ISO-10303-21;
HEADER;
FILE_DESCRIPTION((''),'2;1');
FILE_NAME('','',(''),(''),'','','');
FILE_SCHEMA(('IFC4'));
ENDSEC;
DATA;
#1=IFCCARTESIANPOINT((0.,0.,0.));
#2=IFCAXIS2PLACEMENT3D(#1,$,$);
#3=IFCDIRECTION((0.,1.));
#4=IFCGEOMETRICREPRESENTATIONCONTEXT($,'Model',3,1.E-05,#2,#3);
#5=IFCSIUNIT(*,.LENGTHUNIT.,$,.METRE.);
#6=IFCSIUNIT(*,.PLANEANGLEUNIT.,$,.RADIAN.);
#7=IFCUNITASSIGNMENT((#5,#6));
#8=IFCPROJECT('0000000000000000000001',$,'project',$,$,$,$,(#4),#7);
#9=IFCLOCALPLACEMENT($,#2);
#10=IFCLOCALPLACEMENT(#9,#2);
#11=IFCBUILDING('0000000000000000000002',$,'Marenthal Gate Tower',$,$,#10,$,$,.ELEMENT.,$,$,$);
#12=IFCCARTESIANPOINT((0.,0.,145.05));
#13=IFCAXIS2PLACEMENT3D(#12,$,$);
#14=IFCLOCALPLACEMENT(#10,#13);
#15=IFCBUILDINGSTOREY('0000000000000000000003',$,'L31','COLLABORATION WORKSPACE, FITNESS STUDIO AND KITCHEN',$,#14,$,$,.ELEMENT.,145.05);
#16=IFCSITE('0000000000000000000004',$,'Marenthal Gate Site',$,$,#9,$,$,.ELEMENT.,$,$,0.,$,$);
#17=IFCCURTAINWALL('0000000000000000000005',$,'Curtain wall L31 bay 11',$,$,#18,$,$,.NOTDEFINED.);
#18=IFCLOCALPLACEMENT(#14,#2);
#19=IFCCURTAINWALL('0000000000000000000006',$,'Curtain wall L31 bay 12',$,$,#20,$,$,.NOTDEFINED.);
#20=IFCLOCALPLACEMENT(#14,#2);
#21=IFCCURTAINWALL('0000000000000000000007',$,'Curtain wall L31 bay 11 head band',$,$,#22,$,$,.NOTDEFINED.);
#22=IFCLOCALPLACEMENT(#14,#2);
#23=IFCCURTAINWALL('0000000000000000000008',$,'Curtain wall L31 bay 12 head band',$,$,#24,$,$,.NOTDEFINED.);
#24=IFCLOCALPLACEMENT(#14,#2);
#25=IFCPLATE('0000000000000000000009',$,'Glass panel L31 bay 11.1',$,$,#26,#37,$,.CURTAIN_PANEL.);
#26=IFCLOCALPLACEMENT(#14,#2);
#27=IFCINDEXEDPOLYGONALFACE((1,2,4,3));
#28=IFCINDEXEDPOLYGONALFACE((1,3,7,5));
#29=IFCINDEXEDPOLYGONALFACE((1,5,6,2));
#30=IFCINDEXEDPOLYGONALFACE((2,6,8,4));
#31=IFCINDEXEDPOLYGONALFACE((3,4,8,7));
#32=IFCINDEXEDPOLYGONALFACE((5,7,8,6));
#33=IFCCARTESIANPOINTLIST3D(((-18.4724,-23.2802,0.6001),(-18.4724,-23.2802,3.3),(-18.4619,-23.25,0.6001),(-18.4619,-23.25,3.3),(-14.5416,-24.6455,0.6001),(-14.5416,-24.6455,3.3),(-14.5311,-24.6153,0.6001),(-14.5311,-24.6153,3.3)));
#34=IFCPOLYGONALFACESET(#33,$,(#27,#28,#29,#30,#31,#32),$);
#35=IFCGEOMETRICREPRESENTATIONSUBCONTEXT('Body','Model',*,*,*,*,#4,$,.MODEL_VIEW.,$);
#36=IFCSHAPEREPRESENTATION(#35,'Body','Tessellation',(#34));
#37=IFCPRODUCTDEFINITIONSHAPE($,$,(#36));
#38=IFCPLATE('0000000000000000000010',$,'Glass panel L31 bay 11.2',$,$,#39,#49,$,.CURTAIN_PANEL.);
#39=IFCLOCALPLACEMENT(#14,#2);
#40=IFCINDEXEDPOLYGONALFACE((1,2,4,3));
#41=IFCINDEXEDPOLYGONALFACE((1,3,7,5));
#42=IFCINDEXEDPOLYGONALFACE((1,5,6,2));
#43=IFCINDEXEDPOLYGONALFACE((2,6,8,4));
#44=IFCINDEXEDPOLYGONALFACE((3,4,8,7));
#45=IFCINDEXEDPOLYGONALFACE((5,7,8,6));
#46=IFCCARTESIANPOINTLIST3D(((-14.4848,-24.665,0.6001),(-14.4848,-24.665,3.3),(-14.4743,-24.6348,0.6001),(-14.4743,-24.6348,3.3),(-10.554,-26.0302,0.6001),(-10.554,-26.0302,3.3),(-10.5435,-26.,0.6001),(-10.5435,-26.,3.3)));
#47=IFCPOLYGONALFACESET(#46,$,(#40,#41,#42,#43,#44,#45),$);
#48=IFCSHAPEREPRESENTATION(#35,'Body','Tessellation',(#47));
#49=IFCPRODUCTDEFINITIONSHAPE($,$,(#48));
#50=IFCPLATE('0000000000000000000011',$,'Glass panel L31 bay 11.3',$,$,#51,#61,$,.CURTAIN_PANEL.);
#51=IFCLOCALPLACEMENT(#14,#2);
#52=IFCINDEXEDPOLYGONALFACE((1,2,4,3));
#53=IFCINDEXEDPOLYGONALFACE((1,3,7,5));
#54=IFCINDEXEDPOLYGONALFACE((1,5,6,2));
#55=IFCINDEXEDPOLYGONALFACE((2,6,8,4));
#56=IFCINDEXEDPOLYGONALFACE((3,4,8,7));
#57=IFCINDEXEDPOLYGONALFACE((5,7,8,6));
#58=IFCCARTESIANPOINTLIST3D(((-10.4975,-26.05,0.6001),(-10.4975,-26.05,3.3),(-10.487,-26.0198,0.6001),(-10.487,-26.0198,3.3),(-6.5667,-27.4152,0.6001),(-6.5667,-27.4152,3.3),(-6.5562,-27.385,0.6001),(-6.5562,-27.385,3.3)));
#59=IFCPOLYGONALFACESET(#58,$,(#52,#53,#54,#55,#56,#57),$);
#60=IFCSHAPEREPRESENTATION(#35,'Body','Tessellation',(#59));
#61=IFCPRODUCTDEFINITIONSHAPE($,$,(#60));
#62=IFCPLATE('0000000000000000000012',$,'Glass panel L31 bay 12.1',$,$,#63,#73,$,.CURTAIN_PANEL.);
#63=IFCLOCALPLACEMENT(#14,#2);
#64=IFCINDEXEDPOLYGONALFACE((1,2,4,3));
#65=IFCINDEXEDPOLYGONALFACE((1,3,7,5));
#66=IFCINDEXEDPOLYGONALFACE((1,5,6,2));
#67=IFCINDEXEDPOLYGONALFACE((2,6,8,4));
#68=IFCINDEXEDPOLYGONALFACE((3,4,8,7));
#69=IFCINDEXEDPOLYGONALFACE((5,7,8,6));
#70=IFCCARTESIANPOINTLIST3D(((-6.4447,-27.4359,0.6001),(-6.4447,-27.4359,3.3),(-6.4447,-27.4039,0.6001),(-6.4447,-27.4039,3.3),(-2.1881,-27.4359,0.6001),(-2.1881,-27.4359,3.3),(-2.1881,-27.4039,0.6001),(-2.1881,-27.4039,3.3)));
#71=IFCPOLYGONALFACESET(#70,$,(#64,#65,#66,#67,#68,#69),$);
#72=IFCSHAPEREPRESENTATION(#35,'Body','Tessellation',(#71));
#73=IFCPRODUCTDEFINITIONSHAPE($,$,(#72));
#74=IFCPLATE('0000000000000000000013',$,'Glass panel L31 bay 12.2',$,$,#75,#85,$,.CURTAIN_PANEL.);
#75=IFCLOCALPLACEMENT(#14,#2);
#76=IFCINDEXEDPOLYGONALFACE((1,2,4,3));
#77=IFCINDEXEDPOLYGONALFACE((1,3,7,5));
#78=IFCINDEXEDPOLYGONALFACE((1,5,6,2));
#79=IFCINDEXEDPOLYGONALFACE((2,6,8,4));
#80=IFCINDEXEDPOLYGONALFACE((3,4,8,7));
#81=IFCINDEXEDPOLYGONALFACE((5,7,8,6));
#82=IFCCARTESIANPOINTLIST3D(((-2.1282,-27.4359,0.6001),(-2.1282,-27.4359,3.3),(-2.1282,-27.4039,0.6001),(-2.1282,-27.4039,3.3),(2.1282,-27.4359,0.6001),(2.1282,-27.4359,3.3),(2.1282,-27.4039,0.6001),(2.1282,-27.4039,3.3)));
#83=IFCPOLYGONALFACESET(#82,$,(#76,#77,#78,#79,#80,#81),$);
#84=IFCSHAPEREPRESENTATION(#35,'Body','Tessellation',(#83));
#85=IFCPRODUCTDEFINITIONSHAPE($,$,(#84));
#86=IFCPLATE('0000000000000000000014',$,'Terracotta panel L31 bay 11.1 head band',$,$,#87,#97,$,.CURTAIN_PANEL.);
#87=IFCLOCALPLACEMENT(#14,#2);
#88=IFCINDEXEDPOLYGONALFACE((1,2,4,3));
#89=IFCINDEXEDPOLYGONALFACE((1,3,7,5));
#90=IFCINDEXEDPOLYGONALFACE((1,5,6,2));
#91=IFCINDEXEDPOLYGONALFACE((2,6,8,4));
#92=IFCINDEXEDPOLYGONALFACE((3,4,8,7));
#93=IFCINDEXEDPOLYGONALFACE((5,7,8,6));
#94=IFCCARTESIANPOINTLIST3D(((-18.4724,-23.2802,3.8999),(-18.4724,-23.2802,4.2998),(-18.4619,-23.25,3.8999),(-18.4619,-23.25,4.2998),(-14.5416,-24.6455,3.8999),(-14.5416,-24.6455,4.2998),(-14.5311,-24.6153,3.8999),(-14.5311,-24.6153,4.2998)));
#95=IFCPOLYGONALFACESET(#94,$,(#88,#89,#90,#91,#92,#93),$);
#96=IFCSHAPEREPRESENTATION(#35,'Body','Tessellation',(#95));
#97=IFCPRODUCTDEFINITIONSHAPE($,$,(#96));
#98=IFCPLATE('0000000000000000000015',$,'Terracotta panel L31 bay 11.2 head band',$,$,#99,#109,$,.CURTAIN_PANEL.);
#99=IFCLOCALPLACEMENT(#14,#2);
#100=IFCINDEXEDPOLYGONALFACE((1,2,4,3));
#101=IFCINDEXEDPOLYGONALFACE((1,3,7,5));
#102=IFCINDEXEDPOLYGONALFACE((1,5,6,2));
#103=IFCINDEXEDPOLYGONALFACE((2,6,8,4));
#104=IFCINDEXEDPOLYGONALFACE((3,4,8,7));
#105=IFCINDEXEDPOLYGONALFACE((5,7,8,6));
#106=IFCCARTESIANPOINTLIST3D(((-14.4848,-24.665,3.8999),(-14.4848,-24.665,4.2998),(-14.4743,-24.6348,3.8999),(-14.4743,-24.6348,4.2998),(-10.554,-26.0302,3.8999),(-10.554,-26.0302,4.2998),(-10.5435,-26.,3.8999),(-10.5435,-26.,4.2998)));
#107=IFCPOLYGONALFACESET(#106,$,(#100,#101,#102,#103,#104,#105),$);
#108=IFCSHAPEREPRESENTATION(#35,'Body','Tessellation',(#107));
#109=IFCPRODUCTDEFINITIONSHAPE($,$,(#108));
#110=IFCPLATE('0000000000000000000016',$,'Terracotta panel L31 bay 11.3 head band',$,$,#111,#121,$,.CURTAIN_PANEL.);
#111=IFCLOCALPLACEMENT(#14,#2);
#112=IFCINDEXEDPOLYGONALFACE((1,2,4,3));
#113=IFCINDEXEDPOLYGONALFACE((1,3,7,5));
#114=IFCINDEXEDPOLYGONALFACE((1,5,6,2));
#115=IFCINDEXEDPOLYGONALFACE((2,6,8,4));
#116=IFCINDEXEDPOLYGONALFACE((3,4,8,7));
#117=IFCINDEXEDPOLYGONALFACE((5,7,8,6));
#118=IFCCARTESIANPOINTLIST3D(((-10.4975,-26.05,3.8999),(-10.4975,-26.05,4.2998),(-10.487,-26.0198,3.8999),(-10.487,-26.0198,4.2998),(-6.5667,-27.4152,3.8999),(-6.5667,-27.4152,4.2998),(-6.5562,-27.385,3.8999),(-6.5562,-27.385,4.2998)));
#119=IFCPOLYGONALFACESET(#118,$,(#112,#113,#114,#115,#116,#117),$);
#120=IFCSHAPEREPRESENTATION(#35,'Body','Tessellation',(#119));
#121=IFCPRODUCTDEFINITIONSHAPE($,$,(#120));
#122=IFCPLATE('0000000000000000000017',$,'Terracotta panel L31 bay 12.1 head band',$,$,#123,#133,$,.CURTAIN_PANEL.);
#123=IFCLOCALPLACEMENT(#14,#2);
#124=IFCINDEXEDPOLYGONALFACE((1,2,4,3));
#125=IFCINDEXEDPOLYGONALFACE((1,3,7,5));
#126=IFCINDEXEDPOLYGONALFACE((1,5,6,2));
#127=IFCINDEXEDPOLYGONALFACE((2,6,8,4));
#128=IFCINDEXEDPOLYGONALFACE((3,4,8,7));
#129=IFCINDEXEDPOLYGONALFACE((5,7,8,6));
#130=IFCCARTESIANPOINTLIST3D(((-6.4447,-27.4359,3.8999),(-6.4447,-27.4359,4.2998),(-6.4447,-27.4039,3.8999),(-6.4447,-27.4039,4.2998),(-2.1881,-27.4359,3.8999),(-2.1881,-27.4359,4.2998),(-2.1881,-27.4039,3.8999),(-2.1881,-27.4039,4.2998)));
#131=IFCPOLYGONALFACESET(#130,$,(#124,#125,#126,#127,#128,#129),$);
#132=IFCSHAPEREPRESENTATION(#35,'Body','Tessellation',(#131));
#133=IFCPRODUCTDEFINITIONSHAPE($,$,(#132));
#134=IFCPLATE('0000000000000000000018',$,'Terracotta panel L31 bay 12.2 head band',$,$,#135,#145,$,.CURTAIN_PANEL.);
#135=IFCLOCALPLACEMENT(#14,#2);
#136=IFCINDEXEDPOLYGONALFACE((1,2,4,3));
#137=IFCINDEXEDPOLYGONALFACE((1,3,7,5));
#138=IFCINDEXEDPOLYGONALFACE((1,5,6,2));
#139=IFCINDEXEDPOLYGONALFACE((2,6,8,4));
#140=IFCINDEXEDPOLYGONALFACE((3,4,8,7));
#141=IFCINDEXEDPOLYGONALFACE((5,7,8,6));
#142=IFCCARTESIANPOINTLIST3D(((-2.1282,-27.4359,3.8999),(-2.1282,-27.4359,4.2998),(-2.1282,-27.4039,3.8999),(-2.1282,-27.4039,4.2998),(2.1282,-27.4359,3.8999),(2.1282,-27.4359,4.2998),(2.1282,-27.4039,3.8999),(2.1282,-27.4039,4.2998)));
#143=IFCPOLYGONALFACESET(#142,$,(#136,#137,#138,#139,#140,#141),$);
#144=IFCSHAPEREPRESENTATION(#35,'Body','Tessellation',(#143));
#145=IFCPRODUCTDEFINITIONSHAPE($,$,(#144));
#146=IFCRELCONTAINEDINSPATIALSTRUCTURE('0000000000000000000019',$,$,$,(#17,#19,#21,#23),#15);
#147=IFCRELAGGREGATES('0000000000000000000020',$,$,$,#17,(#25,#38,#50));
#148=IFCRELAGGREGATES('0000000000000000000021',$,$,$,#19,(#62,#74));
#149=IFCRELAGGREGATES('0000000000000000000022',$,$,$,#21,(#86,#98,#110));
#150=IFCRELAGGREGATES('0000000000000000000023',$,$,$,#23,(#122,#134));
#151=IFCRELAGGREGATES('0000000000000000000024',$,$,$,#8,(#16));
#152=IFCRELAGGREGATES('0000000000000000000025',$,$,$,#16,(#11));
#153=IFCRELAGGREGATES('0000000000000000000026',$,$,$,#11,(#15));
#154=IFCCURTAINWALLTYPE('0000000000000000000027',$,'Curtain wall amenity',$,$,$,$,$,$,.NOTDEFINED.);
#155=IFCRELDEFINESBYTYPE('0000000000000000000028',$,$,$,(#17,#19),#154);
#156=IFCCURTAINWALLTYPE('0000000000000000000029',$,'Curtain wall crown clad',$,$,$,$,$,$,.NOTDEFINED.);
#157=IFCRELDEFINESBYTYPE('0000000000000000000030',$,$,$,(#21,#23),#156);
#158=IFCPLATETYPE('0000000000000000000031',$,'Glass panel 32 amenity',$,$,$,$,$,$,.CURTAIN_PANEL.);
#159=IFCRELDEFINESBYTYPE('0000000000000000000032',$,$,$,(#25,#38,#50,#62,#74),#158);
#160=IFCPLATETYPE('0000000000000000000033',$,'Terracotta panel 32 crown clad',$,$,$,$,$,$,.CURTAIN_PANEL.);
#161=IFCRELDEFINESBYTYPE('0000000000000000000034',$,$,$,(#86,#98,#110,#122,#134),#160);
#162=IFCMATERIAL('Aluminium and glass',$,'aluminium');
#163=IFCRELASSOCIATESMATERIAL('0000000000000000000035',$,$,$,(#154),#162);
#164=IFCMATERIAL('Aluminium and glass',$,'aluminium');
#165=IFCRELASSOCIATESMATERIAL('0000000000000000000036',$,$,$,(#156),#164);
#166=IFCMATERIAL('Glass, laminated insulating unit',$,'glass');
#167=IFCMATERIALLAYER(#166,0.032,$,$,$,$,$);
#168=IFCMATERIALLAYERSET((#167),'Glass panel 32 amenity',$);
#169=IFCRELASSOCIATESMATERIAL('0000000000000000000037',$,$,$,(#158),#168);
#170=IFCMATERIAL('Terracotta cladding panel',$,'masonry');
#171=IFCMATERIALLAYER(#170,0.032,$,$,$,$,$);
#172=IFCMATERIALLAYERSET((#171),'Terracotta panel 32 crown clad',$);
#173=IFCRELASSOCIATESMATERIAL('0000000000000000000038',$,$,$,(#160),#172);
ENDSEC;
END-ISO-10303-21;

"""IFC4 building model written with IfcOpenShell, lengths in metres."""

from ifc_helpers import new_model, si_unit, direction, frame, origin, origin_2d, place, context, subcontext, project, spatial, rectangle, extrude, material, layer, layer_set, type_object, element, aggregate, save


model = new_model("IFC4")

# Units and contexts
model_context = context("Model", 3, precision=1e-05, world=origin(), true_north=direction((0.0, 1.0)))
body_context = subcontext(model_context, "Body", "Model", "MODEL_VIEW")
ifc_project = project(units=[si_unit("LENGTHUNIT", "METRE"), si_unit("PLANEANGLEUNIT", "RADIAN")], contexts=[model_context])

# Site, building, storey
site_placement = place(None, origin())
site = spatial("IfcSite", under=ifc_project, at=site_placement, Name="Marenthal Gate Site", CompositionType="ELEMENT", RefElevation=0.0)
building_placement = place(site_placement, origin())
building = spatial("IfcBuilding", under=site, at=building_placement, Name="Marenthal Gate Tower", CompositionType="ELEMENT")
storey_placement = place(building_placement, frame((0.0, 0.0, 145.05)))
storey = spatial("IfcBuildingStorey", under=building, at=storey_placement, Name="L31", Description="COLLABORATION WORKSPACE, FITNESS STUDIO AND KITCHEN", CompositionType="ELEMENT", Elevation=145.05)

# Curtain walls
ifc_material_1 = material(Name="Aluminium and glass", Category="aluminium")
curtain_wall_type_1 = type_object("IfcCurtainWallType", Name="Curtain wall amenity", PredefinedType="NOTDEFINED", material=ifc_material_1)
curtain_wall_1_placement = place(storey_placement, origin())
curtain_wall_1 = element("IfcCurtainWall", 1, at=curtain_wall_1_placement, inside=storey, type_object=curtain_wall_type_1, Name="Curtain wall L31 bay 11", PredefinedType="NOTDEFINED")
curtain_wall_2_placement = place(storey_placement, origin())
curtain_wall_2 = element("IfcCurtainWall", 2, at=curtain_wall_2_placement, inside=storey, type_object=curtain_wall_type_1, Name="Curtain wall L31 bay 12", PredefinedType="NOTDEFINED")
ifc_material_2 = material(Name="Aluminium and glass", Category="aluminium")
curtain_wall_type_2 = type_object("IfcCurtainWallType", Name="Curtain wall crown clad", PredefinedType="NOTDEFINED", material=ifc_material_2)
curtain_wall_3_placement = place(storey_placement, origin())
curtain_wall_3 = element("IfcCurtainWall", 3, at=curtain_wall_3_placement, inside=storey, type_object=curtain_wall_type_2, Name="Curtain wall L31 bay 11 head band", PredefinedType="NOTDEFINED")
curtain_wall_4_placement = place(storey_placement, origin())
curtain_wall_4 = element("IfcCurtainWall", 4, at=curtain_wall_4_placement, inside=storey, type_object=curtain_wall_type_2, Name="Curtain wall L31 bay 12 head band", PredefinedType="NOTDEFINED")

# Plates
ifc_material_3 = material(Name="Glass, laminated insulating unit", Category="glass")
ifc_layer_1 = layer(ifc_material_3, 0.032)
ifc_layer_set_1 = layer_set([ifc_layer_1], Name="Glass panel 32 amenity")
plate_type_1 = type_object("IfcPlateType", Name="Glass panel 32 amenity", PredefinedType="CURTAIN_PANEL", material=ifc_layer_set_1)
plate_1_placement = place(storey_placement, frame((-16.5017, -23.9478, 0.6001), z_axis=(0.0, 0.0, 1.0), x_axis=(0.944647, -0.328089, 0.0)))
plate_1 = element("IfcPlate", 5, at=plate_1_placement, type_object=plate_type_1, Name="Glass panel L31 bay 11.1", PredefinedType="CURTAIN_PANEL", context=body_context, shape_type="SweptSolid", body=[
    extrude(rectangle(XDim=4.1611, YDim=0.032, at=origin_2d()), origin(), (0.0, 0.0, 1.0), 2.7),
])
plate_2_placement = place(storey_placement, frame((-12.5142, -25.3325, 0.6001), z_axis=(0.0, 0.0, 1.0), x_axis=(0.944647, -0.328089, 0.0)))
plate_2 = element("IfcPlate", 6, at=plate_2_placement, type_object=plate_type_1, Name="Glass panel L31 bay 11.2", PredefinedType="CURTAIN_PANEL", context=body_context, shape_type="SweptSolid", body=[
    extrude(rectangle(XDim=4.1611, YDim=0.032, at=origin_2d()), origin(), (0.0, 0.0, 1.0), 2.7),
])
plate_3_placement = place(storey_placement, frame((-8.5269, -26.7175, 0.6001), z_axis=(0.0, 0.0, 1.0), x_axis=(0.944647, -0.328089, 0.0)))
plate_3 = element("IfcPlate", 7, at=plate_3_placement, type_object=plate_type_1, Name="Glass panel L31 bay 11.3", PredefinedType="CURTAIN_PANEL", context=body_context, shape_type="SweptSolid", body=[
    extrude(rectangle(XDim=4.1611, YDim=0.032, at=origin_2d()), origin(), (0.0, 0.0, 1.0), 2.7),
])
aggregate(curtain_wall_1, [plate_1, plate_2, plate_3])
plate_4_placement = place(storey_placement, frame((-4.3164, -27.4199, 0.6001), z_axis=(0.0, 0.0, 1.0), x_axis=(1.0, 0.0, 0.0)))
plate_4 = element("IfcPlate", 8, at=plate_4_placement, type_object=plate_type_1, Name="Glass panel L31 bay 12.1", PredefinedType="CURTAIN_PANEL", context=body_context, shape_type="SweptSolid", body=[
    extrude(rectangle(XDim=4.2566, YDim=0.032, at=origin_2d()), origin(), (0.0, 0.0, 1.0), 2.7),
])
plate_5_placement = place(storey_placement, frame((0.0, -27.4199, 0.6001), z_axis=(0.0, 0.0, 1.0), x_axis=(1.0, 0.0, 0.0)))
plate_5 = element("IfcPlate", 9, at=plate_5_placement, type_object=plate_type_1, Name="Glass panel L31 bay 12.2", PredefinedType="CURTAIN_PANEL", context=body_context, shape_type="SweptSolid", body=[
    extrude(rectangle(XDim=4.2563, YDim=0.032, at=origin_2d()), origin(), (0.0, 0.0, 1.0), 2.7),
])
aggregate(curtain_wall_2, [plate_4, plate_5])
ifc_material_4 = material(Name="Terracotta cladding panel", Category="masonry")
ifc_layer_2 = layer(ifc_material_4, 0.032)
ifc_layer_set_2 = layer_set([ifc_layer_2], Name="Terracotta panel 32 crown clad")
plate_type_2 = type_object("IfcPlateType", Name="Terracotta panel 32 crown clad", PredefinedType="CURTAIN_PANEL", material=ifc_layer_set_2)
plate_6_placement = place(storey_placement, frame((-16.5017, -23.9478, 3.8999), z_axis=(0.0, 0.0, 1.0), x_axis=(0.944647, -0.328089, 0.0)))
plate_6 = element("IfcPlate", 10, at=plate_6_placement, type_object=plate_type_2, Name="Terracotta panel L31 bay 11.1 head band", PredefinedType="CURTAIN_PANEL", context=body_context, shape_type="SweptSolid", body=[
    extrude(rectangle(XDim=4.1611, YDim=0.032, at=origin_2d()), origin(), (0.0, 0.0, 1.0), 0.3999),
])
plate_7_placement = place(storey_placement, frame((-12.5142, -25.3325, 3.8999), z_axis=(0.0, 0.0, 1.0), x_axis=(0.944647, -0.328089, 0.0)))
plate_7 = element("IfcPlate", 11, at=plate_7_placement, type_object=plate_type_2, Name="Terracotta panel L31 bay 11.2 head band", PredefinedType="CURTAIN_PANEL", context=body_context, shape_type="SweptSolid", body=[
    extrude(rectangle(XDim=4.1611, YDim=0.032, at=origin_2d()), origin(), (0.0, 0.0, 1.0), 0.3999),
])
plate_8_placement = place(storey_placement, frame((-8.5269, -26.7175, 3.8999), z_axis=(0.0, 0.0, 1.0), x_axis=(0.944647, -0.328089, 0.0)))
plate_8 = element("IfcPlate", 12, at=plate_8_placement, type_object=plate_type_2, Name="Terracotta panel L31 bay 11.3 head band", PredefinedType="CURTAIN_PANEL", context=body_context, shape_type="SweptSolid", body=[
    extrude(rectangle(XDim=4.1611, YDim=0.032, at=origin_2d()), origin(), (0.0, 0.0, 1.0), 0.3999),
])
aggregate(curtain_wall_3, [plate_6, plate_7, plate_8])
plate_9_placement = place(storey_placement, frame((-4.3164, -27.4199, 3.8999), z_axis=(0.0, 0.0, 1.0), x_axis=(1.0, 0.0, 0.0)))
plate_9 = element("IfcPlate", 13, at=plate_9_placement, type_object=plate_type_2, Name="Terracotta panel L31 bay 12.1 head band", PredefinedType="CURTAIN_PANEL", context=body_context, shape_type="SweptSolid", body=[
    extrude(rectangle(XDim=4.2566, YDim=0.032, at=origin_2d()), origin(), (0.0, 0.0, 1.0), 0.3999),
])
plate_10_placement = place(storey_placement, frame((0.0, -27.4199, 3.8999), z_axis=(0.0, 0.0, 1.0), x_axis=(1.0, 0.0, 0.0)))
plate_10 = element("IfcPlate", 14, at=plate_10_placement, type_object=plate_type_2, Name="Terracotta panel L31 bay 12.2 head band", PredefinedType="CURTAIN_PANEL", context=body_context, shape_type="SweptSolid", body=[
    extrude(rectangle(XDim=4.2563, YDim=0.032, at=origin_2d()), origin(), (0.0, 0.0, 1.0), 0.3999),
])
aggregate(curtain_wall_4, [plate_9, plate_10])

save(model, "model.ifc")
